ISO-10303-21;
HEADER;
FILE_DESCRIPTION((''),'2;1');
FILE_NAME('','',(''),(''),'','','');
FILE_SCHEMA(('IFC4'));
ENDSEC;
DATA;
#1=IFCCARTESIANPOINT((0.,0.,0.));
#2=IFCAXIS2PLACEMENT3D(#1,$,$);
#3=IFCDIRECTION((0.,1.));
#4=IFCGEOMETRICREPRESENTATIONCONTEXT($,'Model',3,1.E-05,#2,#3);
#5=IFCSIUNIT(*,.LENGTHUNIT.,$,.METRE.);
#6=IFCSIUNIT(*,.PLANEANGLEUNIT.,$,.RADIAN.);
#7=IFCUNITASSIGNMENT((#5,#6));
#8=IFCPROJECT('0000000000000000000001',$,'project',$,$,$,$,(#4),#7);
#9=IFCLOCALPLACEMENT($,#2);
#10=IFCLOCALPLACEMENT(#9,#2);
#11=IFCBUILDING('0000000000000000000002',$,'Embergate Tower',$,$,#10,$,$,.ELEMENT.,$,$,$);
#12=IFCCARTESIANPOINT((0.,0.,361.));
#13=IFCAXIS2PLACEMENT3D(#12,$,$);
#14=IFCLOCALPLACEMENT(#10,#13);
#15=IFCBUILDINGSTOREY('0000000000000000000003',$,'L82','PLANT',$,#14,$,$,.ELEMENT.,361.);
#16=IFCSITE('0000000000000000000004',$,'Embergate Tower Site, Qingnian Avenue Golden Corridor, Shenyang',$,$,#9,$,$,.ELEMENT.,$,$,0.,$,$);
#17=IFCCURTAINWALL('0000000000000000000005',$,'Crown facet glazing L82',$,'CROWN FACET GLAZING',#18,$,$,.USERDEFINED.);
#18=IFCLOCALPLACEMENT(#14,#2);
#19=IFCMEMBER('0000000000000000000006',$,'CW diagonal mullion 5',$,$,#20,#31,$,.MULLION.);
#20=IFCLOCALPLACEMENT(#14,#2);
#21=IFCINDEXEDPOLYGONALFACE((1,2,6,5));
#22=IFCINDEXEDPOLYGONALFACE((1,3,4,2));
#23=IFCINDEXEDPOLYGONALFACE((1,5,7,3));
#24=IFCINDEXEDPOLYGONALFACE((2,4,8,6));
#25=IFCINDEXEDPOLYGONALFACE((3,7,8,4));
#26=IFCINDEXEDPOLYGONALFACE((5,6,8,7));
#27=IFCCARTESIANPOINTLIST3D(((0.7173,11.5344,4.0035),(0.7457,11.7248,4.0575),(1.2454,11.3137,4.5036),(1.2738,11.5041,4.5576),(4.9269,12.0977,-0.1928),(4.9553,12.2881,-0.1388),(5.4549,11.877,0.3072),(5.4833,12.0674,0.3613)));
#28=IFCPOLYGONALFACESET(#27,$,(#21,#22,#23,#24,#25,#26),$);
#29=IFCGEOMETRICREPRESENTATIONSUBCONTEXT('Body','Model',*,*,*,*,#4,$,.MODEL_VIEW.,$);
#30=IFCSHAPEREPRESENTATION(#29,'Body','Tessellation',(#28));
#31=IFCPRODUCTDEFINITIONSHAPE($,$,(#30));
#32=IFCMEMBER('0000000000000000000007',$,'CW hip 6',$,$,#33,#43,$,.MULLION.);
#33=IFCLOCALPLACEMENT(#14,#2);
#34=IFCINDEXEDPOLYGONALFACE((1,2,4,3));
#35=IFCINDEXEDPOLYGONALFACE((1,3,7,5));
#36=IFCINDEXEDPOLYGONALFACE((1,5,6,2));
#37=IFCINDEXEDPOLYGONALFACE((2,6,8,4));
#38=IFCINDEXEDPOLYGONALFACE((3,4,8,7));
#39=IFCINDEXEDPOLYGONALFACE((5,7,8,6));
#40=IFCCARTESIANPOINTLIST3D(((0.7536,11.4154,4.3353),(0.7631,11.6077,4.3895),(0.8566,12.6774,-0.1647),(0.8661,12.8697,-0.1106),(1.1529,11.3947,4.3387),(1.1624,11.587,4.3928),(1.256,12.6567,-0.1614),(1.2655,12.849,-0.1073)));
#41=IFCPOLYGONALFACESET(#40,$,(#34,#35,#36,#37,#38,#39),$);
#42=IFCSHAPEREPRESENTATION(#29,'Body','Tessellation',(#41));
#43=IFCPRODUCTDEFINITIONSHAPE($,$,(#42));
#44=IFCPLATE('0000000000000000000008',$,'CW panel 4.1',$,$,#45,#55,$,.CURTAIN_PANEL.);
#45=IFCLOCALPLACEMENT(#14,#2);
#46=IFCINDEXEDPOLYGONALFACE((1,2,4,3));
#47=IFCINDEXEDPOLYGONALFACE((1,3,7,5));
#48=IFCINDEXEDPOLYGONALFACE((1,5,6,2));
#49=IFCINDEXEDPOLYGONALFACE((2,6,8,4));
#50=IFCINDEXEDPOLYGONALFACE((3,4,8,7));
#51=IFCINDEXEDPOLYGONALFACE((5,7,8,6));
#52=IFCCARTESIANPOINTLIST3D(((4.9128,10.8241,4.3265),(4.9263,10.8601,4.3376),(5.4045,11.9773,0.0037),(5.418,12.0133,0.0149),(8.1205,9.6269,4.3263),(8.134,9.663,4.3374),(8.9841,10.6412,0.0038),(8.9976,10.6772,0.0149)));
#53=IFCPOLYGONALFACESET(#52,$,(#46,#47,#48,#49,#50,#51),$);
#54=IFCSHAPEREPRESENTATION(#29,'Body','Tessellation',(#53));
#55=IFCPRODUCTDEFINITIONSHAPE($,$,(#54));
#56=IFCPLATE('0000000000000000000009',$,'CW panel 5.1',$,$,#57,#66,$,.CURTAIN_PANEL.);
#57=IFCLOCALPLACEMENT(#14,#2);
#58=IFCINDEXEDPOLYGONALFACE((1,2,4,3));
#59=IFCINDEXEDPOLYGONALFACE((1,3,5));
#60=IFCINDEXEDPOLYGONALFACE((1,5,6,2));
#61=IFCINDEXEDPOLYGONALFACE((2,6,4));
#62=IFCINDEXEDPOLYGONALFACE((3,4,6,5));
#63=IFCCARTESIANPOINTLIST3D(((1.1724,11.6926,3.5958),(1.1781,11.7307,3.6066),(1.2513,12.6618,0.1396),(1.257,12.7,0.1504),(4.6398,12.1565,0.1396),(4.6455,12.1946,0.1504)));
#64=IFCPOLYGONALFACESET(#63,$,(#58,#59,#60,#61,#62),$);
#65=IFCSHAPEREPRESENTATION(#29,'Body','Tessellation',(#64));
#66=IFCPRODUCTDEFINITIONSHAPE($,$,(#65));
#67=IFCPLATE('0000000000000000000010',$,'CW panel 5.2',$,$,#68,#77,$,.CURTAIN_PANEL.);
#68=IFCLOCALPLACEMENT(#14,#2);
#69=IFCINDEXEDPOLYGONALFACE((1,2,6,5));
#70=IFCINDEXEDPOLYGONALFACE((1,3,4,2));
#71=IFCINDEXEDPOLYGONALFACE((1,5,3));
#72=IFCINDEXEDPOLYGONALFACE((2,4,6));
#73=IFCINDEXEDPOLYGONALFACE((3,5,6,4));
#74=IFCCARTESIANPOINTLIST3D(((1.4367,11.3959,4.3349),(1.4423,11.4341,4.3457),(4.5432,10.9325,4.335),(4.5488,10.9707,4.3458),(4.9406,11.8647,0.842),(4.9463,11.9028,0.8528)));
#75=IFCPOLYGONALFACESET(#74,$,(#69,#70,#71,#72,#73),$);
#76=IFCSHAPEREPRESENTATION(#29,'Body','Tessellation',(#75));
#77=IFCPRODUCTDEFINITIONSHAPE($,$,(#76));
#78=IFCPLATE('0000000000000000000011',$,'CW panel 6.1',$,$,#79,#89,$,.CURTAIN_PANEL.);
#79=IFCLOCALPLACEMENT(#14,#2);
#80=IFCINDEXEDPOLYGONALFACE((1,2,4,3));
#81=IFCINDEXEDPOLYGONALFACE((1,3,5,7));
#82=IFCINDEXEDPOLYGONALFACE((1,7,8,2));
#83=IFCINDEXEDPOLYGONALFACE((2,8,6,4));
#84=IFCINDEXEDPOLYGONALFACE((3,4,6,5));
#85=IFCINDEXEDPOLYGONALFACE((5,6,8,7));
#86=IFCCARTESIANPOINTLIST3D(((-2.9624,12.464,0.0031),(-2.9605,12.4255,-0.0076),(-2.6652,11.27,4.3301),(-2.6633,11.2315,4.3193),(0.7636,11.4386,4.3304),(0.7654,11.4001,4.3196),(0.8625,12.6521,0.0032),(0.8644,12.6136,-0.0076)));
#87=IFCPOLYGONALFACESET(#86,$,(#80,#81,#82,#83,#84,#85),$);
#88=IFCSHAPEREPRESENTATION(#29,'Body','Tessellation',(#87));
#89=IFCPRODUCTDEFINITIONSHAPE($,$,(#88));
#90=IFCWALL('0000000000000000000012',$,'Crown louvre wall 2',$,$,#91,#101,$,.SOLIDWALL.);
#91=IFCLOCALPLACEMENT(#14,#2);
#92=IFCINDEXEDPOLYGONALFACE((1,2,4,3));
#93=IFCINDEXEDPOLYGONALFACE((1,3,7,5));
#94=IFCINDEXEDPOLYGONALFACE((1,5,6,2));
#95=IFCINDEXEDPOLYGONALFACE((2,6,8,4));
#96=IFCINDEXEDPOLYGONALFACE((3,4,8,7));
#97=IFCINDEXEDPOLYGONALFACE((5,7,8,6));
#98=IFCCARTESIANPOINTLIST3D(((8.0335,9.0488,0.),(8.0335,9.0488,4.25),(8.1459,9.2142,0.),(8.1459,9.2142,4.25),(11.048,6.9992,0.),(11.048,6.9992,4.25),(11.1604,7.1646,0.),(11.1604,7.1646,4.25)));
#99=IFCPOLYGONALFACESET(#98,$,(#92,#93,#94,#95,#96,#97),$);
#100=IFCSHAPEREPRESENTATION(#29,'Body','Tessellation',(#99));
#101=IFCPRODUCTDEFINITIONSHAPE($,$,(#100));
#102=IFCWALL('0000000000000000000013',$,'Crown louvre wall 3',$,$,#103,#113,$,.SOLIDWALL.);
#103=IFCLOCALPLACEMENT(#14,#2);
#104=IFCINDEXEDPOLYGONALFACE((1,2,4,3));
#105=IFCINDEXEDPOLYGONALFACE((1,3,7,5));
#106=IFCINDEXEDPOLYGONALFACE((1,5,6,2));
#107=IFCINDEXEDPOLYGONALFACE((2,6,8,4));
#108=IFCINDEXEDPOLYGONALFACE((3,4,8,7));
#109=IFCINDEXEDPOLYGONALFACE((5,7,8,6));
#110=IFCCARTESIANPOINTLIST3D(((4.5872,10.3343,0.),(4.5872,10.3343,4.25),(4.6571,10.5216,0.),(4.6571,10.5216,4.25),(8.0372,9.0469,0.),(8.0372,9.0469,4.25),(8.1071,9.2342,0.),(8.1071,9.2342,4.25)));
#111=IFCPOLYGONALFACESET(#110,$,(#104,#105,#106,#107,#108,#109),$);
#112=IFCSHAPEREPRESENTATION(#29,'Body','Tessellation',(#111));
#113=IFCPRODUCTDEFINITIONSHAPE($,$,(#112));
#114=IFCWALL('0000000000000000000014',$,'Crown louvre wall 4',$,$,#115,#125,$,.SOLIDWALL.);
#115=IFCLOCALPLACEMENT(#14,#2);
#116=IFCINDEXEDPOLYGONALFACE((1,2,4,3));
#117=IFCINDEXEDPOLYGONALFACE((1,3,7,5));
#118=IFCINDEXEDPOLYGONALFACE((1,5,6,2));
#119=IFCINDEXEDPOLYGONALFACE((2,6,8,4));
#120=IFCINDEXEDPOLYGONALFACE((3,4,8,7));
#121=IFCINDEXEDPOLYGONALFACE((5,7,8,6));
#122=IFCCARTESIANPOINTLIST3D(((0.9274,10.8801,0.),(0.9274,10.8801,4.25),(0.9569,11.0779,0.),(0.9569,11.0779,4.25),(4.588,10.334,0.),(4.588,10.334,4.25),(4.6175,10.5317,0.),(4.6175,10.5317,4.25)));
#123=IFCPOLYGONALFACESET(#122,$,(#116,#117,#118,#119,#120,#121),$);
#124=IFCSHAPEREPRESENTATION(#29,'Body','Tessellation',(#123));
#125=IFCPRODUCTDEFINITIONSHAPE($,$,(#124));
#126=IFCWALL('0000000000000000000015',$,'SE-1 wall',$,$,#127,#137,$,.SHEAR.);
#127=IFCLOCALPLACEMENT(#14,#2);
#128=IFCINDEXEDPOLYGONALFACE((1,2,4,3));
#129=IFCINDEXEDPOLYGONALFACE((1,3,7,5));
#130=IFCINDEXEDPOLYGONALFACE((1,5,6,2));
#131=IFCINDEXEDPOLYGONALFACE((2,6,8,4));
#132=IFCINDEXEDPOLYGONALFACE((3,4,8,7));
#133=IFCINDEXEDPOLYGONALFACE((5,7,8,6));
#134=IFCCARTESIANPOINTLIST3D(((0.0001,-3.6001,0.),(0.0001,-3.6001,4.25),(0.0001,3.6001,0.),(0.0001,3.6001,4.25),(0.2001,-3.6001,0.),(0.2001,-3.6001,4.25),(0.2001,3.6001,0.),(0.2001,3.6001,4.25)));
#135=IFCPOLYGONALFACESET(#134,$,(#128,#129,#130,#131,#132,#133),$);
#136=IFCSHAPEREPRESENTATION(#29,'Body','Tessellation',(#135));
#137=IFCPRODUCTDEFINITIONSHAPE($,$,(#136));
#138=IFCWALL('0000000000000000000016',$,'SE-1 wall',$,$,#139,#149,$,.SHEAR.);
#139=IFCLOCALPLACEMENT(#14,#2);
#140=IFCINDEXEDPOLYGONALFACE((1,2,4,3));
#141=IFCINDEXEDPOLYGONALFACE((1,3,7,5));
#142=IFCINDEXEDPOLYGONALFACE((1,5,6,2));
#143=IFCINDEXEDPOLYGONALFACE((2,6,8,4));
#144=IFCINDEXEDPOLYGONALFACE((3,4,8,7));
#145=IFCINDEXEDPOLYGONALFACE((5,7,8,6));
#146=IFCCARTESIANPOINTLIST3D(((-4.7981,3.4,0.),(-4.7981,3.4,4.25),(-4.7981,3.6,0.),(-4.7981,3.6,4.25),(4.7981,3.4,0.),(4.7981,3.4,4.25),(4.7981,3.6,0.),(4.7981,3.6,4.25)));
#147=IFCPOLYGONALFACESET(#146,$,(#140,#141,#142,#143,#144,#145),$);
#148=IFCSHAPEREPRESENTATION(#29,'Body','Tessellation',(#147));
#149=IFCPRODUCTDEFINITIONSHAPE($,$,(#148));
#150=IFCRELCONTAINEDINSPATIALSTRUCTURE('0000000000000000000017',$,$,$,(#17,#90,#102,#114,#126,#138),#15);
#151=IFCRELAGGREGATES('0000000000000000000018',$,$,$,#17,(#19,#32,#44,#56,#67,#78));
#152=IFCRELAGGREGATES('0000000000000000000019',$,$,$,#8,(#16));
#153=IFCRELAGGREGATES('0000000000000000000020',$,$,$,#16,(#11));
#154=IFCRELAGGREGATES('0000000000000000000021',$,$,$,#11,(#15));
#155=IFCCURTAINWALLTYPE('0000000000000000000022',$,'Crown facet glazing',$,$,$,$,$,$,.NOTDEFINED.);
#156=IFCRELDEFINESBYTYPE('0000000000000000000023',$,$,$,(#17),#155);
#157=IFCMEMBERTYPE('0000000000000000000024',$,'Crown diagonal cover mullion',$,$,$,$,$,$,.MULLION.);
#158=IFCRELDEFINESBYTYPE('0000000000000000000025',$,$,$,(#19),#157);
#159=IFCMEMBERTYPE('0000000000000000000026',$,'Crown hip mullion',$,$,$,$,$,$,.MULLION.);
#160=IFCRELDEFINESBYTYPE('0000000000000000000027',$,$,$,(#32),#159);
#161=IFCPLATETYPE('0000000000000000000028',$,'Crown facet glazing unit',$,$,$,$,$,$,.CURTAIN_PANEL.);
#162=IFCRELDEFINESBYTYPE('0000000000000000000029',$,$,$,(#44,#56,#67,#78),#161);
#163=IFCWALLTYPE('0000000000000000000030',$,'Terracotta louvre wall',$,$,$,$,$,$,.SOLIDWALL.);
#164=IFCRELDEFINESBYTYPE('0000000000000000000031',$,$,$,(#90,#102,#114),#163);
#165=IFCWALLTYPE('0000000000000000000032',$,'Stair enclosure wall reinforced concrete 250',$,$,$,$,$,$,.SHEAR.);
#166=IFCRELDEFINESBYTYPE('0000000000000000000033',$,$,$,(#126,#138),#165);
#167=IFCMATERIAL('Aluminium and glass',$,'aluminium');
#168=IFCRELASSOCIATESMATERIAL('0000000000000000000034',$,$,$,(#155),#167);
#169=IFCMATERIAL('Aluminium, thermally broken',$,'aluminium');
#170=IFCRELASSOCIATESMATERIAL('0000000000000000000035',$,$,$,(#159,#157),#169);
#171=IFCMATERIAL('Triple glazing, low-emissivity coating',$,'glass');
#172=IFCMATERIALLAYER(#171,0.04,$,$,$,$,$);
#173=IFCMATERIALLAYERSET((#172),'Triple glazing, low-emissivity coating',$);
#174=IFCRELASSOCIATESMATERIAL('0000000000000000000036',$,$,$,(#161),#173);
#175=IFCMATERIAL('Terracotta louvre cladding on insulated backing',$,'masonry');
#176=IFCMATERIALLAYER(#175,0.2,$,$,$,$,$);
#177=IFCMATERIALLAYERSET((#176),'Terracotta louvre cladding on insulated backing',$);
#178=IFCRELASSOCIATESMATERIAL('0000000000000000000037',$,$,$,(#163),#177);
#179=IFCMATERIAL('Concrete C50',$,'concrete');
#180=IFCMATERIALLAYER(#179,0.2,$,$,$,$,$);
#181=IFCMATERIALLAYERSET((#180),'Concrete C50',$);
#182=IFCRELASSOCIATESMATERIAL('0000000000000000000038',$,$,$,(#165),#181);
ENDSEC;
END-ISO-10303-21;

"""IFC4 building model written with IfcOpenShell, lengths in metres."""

from ifc_helpers import new_model, si_unit, direction, frame, frame_2d, origin, origin_2d, place, context, subcontext, project, spatial, polyline, rectangle, outline, extrude, source, transform, mapped, material, layer, layer_set, material_profile, profile_set, type_object, element, aggregate, save


model = new_model("IFC4")

# Units and contexts
model_context = context("Model", 3, precision=1e-05, world=origin(), true_north=direction((0.0, 1.0)))
body_context = subcontext(model_context, "Body", "Model", "MODEL_VIEW")
ifc_project = project(units=[si_unit("LENGTHUNIT", "METRE"), si_unit("PLANEANGLEUNIT", "RADIAN")], contexts=[model_context])

# Site, building, storey
site_placement = place(None, origin())
site = spatial("IfcSite", under=ifc_project, at=site_placement, Name="Embergate Tower Site, Qingnian Avenue Golden Corridor, Shenyang", CompositionType="ELEMENT", RefElevation=0.0)
building_placement = place(site_placement, origin())
building = spatial("IfcBuilding", under=site, at=building_placement, Name="Embergate Tower", CompositionType="ELEMENT")
storey_placement = place(building_placement, frame((0.0, 0.0, 361.0)))
storey = spatial("IfcBuildingStorey", under=building, at=storey_placement, Name="L82", Description="PLANT", CompositionType="ELEMENT", Elevation=361.0)

# Curtain wall, members, plates
ifc_material_1 = material(Name="Aluminium and glass", Category="aluminium")
curtain_wall_type = type_object("IfcCurtainWallType", Name="Crown facet glazing", PredefinedType="NOTDEFINED", material=ifc_material_1)
curtain_wall_placement = place(storey_placement, origin())
curtain_wall = element("IfcCurtainWall", 1, at=curtain_wall_placement, inside=storey, type_object=curtain_wall_type, Name="Crown facet glazing L82", ObjectType="CROWN FACET GLAZING", PredefinedType="USERDEFINED")
ifc_material_2 = material(Name="Aluminium, thermally broken", Category="aluminium")
ifc_material_profile_1 = material_profile(ifc_material_2, rectangle(XDim=0.2, YDim=0.3999, at=origin_2d()), Name="AL 400x200")
ifc_profile_set_1 = profile_set([ifc_material_profile_1], Name="Aluminium, thermally broken")
member_type_1 = type_object("IfcMemberType", Name="Crown hip mullion", PredefinedType="MULLION", material=ifc_profile_set_1)
ifc_material_profile_2 = material_profile(ifc_material_2, rectangle(XDim=0.2, YDim=0.76, at=origin_2d()), Name="AL 760x200")
ifc_profile_set_2 = profile_set([ifc_material_profile_2], Name="Aluminium, thermally broken")
member_type_2 = type_object("IfcMemberType", Name="Crown diagonal cover mullion", PredefinedType="MULLION", material=ifc_profile_set_2)
shared_shape_1 = source(origin(), body_context, "Body", "SweptSolid", [
    extrude(rectangle(XDim=0.2, YDim=0.76, at=origin_2d()), origin(), (0.0, 0.0, 1.0), 5.9705),
])
member_1_placement = place(storey_placement, frame((5.2051, 12.0825, 0.0842), z_axis=(-0.705056, -0.094337, 0.702848), x_axis=(0.142043, 0.95224, 0.2703)))
member_1 = element("IfcMember", 2, at=member_1_placement, type_object=member_type_2, Name="CW diagonal mullion 5", PredefinedType="MULLION", context=body_context, shape_type="MappedRepresentation", body=[
    mapped(shared_shape_1, transform((0.0, 0.0, 0.0))),
])
shared_shape_2 = source(origin(), body_context, "Body", "SweptSolid", [
    extrude(rectangle(XDim=0.2, YDim=0.3999, at=origin_2d()), origin(), (0.0, 0.0, 1.0), 4.6748),
])
member_2_placement = place(storey_placement, frame((1.061, 12.7632, -0.136), z_axis=(-0.022039, -0.269954, 0.962621), x_axis=(0.047593, 0.96148, 0.270723)))
member_2 = element("IfcMember", 3, at=member_2_placement, type_object=member_type_1, Name="CW hip 6", PredefinedType="MULLION", context=body_context, shape_type="MappedRepresentation", body=[
    mapped(shared_shape_2, transform((0.0, 0.0, 0.0))),
])
ifc_material_3 = material(Name="Triple glazing, low-emissivity coating", Category="glass")
ifc_layer_1 = layer(ifc_material_3, 0.04)
ifc_layer_set_1 = layer_set([ifc_layer_1], Name="Triple glazing, low-emissivity coating")
plate_type = type_object("IfcPlateType", Name="Crown facet glazing unit", PredefinedType="CURTAIN_PANEL", material=ifc_layer_set_1)
shared_shape_3 = source(origin(), body_context, "Body", "SweptSolid", [
    extrude(outline(polyline([(0.0, 0.0), (3.8208, 0.0), (3.8782, 4.5005), (0.4543, 4.5002), (0.0, 0.0)])), origin(), (0.0, 0.0, -1.0), 0.04),
])
plate_1_placement = place(storey_placement, frame((8.9976, 10.6772, 0.0149), z_axis=(0.335863, 0.899871, 0.278259), x_axis=(-0.936871, 0.349676, -0.00001)))
plate_1 = element("IfcPlate", 4, at=plate_1_placement, type_object=plate_type, Name="CW panel 4.1", PredefinedType="CURTAIN_PANEL", context=body_context, shape_type="MappedRepresentation", body=[
    mapped(shared_shape_3, transform((0.0, 0.0, 0.0))),
])
shared_shape_4 = source(origin(), body_context, "Body", "SweptSolid", [
    extrude(outline(polyline([(0.0, 0.0), (3.426, 0.0), (3.3611, 3.5898), (0.0, 0.0)])), origin(), (0.0, 0.0, -1.0), 0.04),
])
plate_2_placement = place(storey_placement, frame((4.6455, 12.1946, 0.1504), z_axis=(0.142024, 0.952247, 0.270286), x_axis=(-0.98906, 0.147515, 0.0)))
plate_2 = element("IfcPlate", 5, at=plate_2_placement, type_object=plate_type, Name="CW panel 5.1", PredefinedType="CURTAIN_PANEL", context=body_context, shape_type="MappedRepresentation", body=[
    mapped(shared_shape_4, transform((0.0, 0.0, 0.0))),
])
shared_shape_5 = source(origin(), body_context, "Body", "SweptSolid", [
    extrude(outline(polyline([(0.0, 0.0), (4.9697, 0.0), (2.8232, 2.293), (0.0, 0.0)])), origin(), (0.0, 0.0, -1.0), 0.04),
])
plate_3_placement = place(storey_placement, frame((4.9463, 11.9028, 0.8528), z_axis=(0.142044, 0.952245, 0.270282), x_axis=(-0.705059, -0.094322, 0.702848)))
plate_3 = element("IfcPlate", 6, at=plate_3_placement, type_object=plate_type, Name="CW panel 5.2", PredefinedType="CURTAIN_PANEL", context=body_context, shape_type="MappedRepresentation", body=[
    mapped(shared_shape_5, transform((0.0, 0.0, 0.0))),
])
shared_shape_6 = source(origin(), body_context, "Body", "SweptSolid", [
    extrude(outline(polyline([(0.0, 0.0), (3.8296, 0.0), (3.5913, 4.4922), (0.1584, 4.4924), (0.0, 0.0)])), origin(), (0.0, 0.0, -1.0), 0.04),
])
plate_4_placement = place(storey_placement, frame((0.8625, 12.6521, 0.0032), z_axis=(-0.047317, 0.962056, 0.268717), x_axis=(-0.998793, -0.049121, -0.000009)))
plate_4 = element("IfcPlate", 7, at=plate_4_placement, type_object=plate_type, Name="CW panel 6.1", PredefinedType="CURTAIN_PANEL", context=body_context, shape_type="MappedRepresentation", body=[
    mapped(shared_shape_6, transform((0.0, 0.0, 0.0))),
])
aggregate(curtain_wall, [member_1, member_2, plate_1, plate_2, plate_3, plate_4])

# Walls
ifc_material_4 = material(Name="Terracotta louvre cladding on insulated backing", Category="masonry")
ifc_layer_2 = layer(ifc_material_4, 0.2)
ifc_layer_set_2 = layer_set([ifc_layer_2], Name="Terracotta louvre cladding on insulated backing")
wall_type_1 = type_object("IfcWallType", Name="Terracotta louvre wall", PredefinedType="SOLIDWALL", material=ifc_layer_set_2)
shared_shape_7 = source(origin(), body_context, "Body", "SweptSolid", [
    extrude(rectangle(XDim=3.6453, YDim=0.2, at=frame_2d((1.8228, 0.0))), origin(), (0.0, 0.0, 1.0), 4.25),
])
wall_1_placement = place(storey_placement, frame((8.0896, 9.1316, 0.0), z_axis=(0.0, 0.0, 1.0), x_axis=(0.826956, -0.562266, 0.0)))
element("IfcWall", 8, at=wall_1_placement, inside=storey, type_object=wall_type_1, Name="Crown louvre wall 2", PredefinedType="SOLIDWALL", context=body_context, shape_type="MappedRepresentation", body=[
    mapped(shared_shape_7, transform((0.0, 0.0, 0.0))),
])
shared_shape_8 = source(origin(), body_context, "Body", "SweptSolid", [
    extrude(rectangle(XDim=3.6824, YDim=0.2, at=frame_2d((1.8413, 0.0))), origin(), (0.0, 0.0, 1.0), 4.25),
])
wall_2_placement = place(storey_placement, frame((4.6221, 10.428, 0.0), z_axis=(0.0, 0.0, 1.0), x_axis=(0.936897, -0.349604, 0.0)))
element("IfcWall", 9, at=wall_2_placement, inside=storey, type_object=wall_type_1, Name="Crown louvre wall 3", PredefinedType="SOLIDWALL", context=body_context, shape_type="MappedRepresentation", body=[
    mapped(shared_shape_8, transform((0.0, 0.0, 0.0))),
])
shared_shape_9 = source(origin(), body_context, "Body", "SweptSolid", [
    extrude(rectangle(XDim=3.7012, YDim=0.2, at=frame_2d((1.8506, 0.0))), origin(), (0.0, 0.0, 1.0), 4.25),
])
wall_3_placement = place(storey_placement, frame((0.9421, 10.979, 0.0), z_axis=(0.0, 0.0, 1.0), x_axis=(0.989053, -0.14756, 0.0)))
element("IfcWall", 10, at=wall_3_placement, inside=storey, type_object=wall_type_1, Name="Crown louvre wall 4", PredefinedType="SOLIDWALL", context=body_context, shape_type="MappedRepresentation", body=[
    mapped(shared_shape_9, transform((0.0, 0.0, 0.0))),
])
ifc_material_5 = material(Name="Concrete C50", Category="concrete")
ifc_layer_3 = layer(ifc_material_5, 0.2)
ifc_layer_set_3 = layer_set([ifc_layer_3], Name="Concrete C50")
wall_type_2 = type_object("IfcWallType", Name="Stair enclosure wall reinforced concrete 250", PredefinedType="SHEAR", material=ifc_layer_set_3)
shared_shape_10 = source(origin(), body_context, "Body", "SweptSolid", [
    extrude(rectangle(XDim=7.2002, YDim=0.2, at=frame_2d((3.6001, 0.0))), origin(), (0.0, 0.0, 1.0), 4.25),
])
wall_4_placement = place(storey_placement, frame((0.1001, 3.6001, 0.0), z_axis=(0.0, 0.0, 1.0), x_axis=(0.0, -1.0, 0.0)))
element("IfcWall", 11, at=wall_4_placement, inside=storey, type_object=wall_type_2, Name="SE-1 wall", PredefinedType="SHEAR", context=body_context, shape_type="MappedRepresentation", body=[
    mapped(shared_shape_10, transform((0.0, 0.0, 0.0))),
])
shared_shape_11 = source(origin(), body_context, "Body", "SweptSolid", [
    extrude(rectangle(XDim=9.5962, YDim=0.2, at=frame_2d((4.7981, 0.0))), origin(), (0.0, 0.0, 1.0), 4.25),
])
wall_5_placement = place(storey_placement, frame((4.7981, 3.5, 0.0), z_axis=(0.0, 0.0, 1.0), x_axis=(-1.0, 0.0, 0.0)))
element("IfcWall", 12, at=wall_5_placement, inside=storey, type_object=wall_type_2, Name="SE-1 wall", PredefinedType="SHEAR", context=body_context, shape_type="MappedRepresentation", body=[
    mapped(shared_shape_11, transform((0.0, 0.0, 0.0))),
])

save(model, "model.ifc")
